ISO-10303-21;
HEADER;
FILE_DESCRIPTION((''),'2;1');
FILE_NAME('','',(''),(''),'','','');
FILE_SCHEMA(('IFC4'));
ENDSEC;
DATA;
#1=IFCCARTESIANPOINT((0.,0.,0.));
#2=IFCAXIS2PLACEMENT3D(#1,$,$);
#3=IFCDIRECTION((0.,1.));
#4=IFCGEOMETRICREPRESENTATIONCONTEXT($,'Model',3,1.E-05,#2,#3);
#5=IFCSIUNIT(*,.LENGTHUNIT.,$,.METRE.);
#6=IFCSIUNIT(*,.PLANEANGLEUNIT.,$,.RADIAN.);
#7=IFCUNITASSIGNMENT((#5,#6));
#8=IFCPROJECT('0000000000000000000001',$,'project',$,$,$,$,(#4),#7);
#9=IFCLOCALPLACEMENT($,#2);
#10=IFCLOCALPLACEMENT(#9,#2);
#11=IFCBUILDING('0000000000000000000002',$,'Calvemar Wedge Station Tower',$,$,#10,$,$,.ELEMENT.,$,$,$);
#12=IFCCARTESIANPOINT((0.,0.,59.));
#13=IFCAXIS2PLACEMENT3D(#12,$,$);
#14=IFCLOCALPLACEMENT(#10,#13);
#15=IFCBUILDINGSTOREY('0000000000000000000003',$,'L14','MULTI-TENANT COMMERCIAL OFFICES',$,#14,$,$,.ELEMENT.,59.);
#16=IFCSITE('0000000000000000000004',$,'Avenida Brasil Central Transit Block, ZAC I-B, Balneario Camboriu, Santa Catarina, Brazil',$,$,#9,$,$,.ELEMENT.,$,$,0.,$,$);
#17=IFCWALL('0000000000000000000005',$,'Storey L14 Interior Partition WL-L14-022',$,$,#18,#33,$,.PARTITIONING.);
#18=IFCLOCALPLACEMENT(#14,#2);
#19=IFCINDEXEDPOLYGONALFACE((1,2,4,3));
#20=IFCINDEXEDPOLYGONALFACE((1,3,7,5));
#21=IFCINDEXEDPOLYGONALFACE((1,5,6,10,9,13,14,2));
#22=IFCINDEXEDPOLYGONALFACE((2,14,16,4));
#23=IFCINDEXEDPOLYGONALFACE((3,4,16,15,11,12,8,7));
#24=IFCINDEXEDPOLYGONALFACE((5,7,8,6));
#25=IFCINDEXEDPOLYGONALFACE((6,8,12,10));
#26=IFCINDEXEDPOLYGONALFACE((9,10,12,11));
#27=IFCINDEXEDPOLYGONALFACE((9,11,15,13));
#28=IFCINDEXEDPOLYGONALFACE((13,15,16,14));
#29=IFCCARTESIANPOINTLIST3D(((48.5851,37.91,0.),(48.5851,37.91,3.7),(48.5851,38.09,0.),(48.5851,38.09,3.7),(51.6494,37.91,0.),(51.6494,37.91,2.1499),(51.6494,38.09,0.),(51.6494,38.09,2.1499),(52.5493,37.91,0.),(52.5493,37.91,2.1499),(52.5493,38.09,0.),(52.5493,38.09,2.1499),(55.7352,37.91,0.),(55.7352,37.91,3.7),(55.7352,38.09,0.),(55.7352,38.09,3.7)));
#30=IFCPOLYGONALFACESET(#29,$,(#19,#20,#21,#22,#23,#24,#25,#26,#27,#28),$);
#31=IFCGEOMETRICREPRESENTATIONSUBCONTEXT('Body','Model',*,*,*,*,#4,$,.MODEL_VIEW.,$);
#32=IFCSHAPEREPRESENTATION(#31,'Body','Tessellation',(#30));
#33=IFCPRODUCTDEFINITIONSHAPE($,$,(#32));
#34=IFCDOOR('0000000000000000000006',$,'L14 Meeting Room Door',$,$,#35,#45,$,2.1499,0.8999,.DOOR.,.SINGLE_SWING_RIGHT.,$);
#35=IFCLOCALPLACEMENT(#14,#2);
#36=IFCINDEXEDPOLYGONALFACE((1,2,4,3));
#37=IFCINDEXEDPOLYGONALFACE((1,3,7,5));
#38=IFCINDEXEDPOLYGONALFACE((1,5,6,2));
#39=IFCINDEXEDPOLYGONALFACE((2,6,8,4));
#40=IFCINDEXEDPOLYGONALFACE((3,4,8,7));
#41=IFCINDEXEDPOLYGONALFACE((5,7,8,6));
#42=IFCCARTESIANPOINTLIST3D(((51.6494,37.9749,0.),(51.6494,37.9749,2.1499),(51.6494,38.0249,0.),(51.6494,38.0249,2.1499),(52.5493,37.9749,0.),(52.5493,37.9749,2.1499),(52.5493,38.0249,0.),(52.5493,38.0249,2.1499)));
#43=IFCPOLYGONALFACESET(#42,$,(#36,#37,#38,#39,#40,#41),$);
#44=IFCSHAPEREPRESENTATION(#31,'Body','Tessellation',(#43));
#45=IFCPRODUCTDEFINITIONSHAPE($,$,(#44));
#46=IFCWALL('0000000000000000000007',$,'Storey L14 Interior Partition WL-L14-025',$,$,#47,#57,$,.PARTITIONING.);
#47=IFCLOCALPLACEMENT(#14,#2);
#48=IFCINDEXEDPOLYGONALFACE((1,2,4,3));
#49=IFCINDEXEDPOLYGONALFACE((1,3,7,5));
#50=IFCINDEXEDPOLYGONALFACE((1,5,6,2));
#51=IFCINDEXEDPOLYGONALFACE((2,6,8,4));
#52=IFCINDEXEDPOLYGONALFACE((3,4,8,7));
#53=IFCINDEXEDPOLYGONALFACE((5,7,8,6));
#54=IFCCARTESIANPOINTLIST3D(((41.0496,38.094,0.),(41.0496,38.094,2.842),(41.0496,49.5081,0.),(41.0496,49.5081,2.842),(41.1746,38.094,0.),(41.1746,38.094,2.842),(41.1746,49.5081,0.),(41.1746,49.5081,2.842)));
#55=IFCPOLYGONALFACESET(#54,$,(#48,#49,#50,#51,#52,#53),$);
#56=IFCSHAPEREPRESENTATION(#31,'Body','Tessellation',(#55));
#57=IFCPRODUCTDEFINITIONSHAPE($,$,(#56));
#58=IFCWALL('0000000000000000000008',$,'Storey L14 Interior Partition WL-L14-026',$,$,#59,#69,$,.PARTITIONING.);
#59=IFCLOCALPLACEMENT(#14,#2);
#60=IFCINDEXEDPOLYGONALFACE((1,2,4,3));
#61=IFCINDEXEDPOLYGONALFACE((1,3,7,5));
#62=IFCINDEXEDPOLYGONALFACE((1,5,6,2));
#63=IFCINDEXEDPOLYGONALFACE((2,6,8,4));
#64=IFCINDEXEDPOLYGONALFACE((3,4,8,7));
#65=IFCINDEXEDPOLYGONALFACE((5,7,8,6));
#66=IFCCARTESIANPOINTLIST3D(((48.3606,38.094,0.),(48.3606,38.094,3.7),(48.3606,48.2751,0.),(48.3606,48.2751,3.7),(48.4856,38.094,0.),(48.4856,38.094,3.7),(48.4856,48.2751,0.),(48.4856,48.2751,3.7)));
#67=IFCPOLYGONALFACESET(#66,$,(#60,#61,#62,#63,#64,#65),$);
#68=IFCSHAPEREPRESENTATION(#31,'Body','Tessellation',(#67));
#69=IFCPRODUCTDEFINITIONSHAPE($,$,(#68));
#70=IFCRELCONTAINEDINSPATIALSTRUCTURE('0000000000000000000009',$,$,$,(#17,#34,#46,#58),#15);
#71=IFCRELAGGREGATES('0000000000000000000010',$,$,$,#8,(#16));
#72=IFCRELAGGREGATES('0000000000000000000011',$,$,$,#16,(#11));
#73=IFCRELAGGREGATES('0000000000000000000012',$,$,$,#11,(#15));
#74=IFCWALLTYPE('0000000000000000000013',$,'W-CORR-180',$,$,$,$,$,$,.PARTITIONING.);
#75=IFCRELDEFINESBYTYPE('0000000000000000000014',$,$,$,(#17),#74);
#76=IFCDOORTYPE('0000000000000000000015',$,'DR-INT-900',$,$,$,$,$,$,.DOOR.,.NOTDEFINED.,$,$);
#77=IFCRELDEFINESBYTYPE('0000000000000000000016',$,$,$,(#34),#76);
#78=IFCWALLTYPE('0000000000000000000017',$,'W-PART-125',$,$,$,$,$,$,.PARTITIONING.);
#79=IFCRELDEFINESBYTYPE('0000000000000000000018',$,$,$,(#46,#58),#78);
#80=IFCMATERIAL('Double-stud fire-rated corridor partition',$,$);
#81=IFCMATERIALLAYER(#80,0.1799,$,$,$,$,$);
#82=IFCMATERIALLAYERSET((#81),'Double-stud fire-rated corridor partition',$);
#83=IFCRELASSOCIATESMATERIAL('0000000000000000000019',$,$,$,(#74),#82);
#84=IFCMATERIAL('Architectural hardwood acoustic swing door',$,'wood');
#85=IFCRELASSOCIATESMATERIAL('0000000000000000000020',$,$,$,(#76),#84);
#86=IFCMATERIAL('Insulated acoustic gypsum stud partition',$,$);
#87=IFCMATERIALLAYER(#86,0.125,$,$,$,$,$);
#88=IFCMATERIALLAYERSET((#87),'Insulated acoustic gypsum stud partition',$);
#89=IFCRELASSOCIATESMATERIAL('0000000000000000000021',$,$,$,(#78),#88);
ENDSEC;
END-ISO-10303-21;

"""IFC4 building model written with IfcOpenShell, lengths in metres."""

from ifc_helpers import new_model, si_unit, direction, frame, frame_2d, origin, place, context, subcontext, project, spatial, rectangle, extrude, source, transform, mapped, material, layer, layer_set, type_object, element, fill, save


model = new_model("IFC4")

# Units and contexts
model_context = context("Model", 3, precision=1e-05, world=origin(), true_north=direction((0.0, 1.0)))
body_context = subcontext(model_context, "Body", "Model", "MODEL_VIEW")
ifc_project = project(units=[si_unit("LENGTHUNIT", "METRE"), si_unit("PLANEANGLEUNIT", "RADIAN")], contexts=[model_context])

# Site, building, storey
site_placement = place(None, origin())
site = spatial("IfcSite", under=ifc_project, at=site_placement, Name="Avenida Brasil Central Transit Block, ZAC I-B, Balneario Camboriu, Santa Catarina, Brazil", CompositionType="ELEMENT", RefElevation=0.0)
building_placement = place(site_placement, origin())
building = spatial("IfcBuilding", under=site, at=building_placement, Name="Calvemar Wedge Station Tower", CompositionType="ELEMENT")
storey_placement = place(building_placement, frame((0.0, 0.0, 59.0)))
storey = spatial("IfcBuildingStorey", under=building, at=storey_placement, Name="L14", Description="MULTI-TENANT COMMERCIAL OFFICES", CompositionType="ELEMENT", Elevation=59.0)

# Wall, opening, door
ifc_material_1 = material(Name="Double-stud fire-rated corridor partition")
ifc_layer_1 = layer(ifc_material_1, 0.1799)
ifc_layer_set_1 = layer_set([ifc_layer_1], Name="Double-stud fire-rated corridor partition")
wall_type_1 = type_object("IfcWallType", Name="W-CORR-180", PredefinedType="PARTITIONING", material=ifc_layer_set_1)
shared_shape_1 = source(origin(), body_context, "Body", "SweptSolid", [
    extrude(rectangle(XDim=0.8999, YDim=2.1499, at=frame_2d((0.45, 1.075))), frame((0.0, 0.1001, 0.0), z_axis=(0.0, -1.0, 0.0), x_axis=(1.0, 0.0, 0.0)), (0.0, 0.0, 1.0), 0.2),
])
ifc_material_2 = material(Name="Architectural hardwood acoustic swing door", Category="wood")
door_type = type_object("IfcDoorType", Name="DR-INT-900", OperationType="NOTDEFINED", PredefinedType="DOOR", material=ifc_material_2)
shared_shape_2 = source(origin(), body_context, "Body", "SweptSolid", [
    extrude(rectangle(XDim=0.8999, YDim=2.1499, at=frame_2d((0.45, 1.075))), frame((0.0, 0.0249, 0.0), z_axis=(0.0, -1.0, 0.0), x_axis=(1.0, 0.0, 0.0)), (0.0, 0.0, 1.0), 0.05),
])
wall_1_placement = place(storey_placement, frame((48.585, 38.0, 0.0), z_axis=(0.0, 0.0, 1.0), x_axis=(1.0, 0.0, 0.0)))
wall_1 = element("IfcWall", 1, at=wall_1_placement, inside=storey, type_object=wall_type_1, Name="Storey L14 Interior Partition WL-L14-022", PredefinedType="PARTITIONING", context=body_context, shape_type="SweptSolid", body=[
    extrude(rectangle(XDim=7.1501, YDim=0.1799, at=frame_2d((3.5752, 0.0))), origin(), (0.0, 0.0, 1.0), 3.7),
])
opening_1_placement = place(wall_1_placement, frame((3.0645, 0.0, 0.0)))
opening_1 = element("IfcOpeningElement", 2, at=opening_1_placement, cuts=wall_1, PredefinedType="OPENING", context=body_context, shape_type="MappedRepresentation", body=[
    mapped(shared_shape_1, transform((0.0, 0.0, 0.0), scale=1.0)),
])
door_1_placement = place(opening_1_placement, origin())
door_1 = element("IfcDoor", 3, at=door_1_placement, inside=storey, type_object=door_type, Name="L14 Meeting Room Door", OperationType="SINGLE_SWING_RIGHT", OverallHeight=2.1499, OverallWidth=0.8999, PredefinedType="DOOR", context=body_context, shape_type="MappedRepresentation", body=[
    mapped(shared_shape_2, transform((0.0, 0.0, 0.0), scale=1.0)),
])
fill(opening_1, door_1)

# Walls
ifc_material_3 = material(Name="Insulated acoustic gypsum stud partition")
ifc_layer_2 = layer(ifc_material_3, 0.125)
ifc_layer_set_2 = layer_set([ifc_layer_2], Name="Insulated acoustic gypsum stud partition")
wall_type_2 = type_object("IfcWallType", Name="W-PART-125", PredefinedType="PARTITIONING", material=ifc_layer_set_2)
wall_2_placement = place(storey_placement, frame((41.1121, 49.5081, 0.0), z_axis=(0.0, 0.0, 1.0), x_axis=(0.0, -1.0, 0.0)))
element("IfcWall", 4, at=wall_2_placement, inside=storey, type_object=wall_type_2, Name="Storey L14 Interior Partition WL-L14-025", PredefinedType="PARTITIONING", context=body_context, shape_type="SweptSolid", body=[
    extrude(rectangle(XDim=11.4141, YDim=0.125, at=frame_2d((5.707, 0.0))), origin(), (0.0, 0.0, 1.0), 2.842),
])
wall_3_placement = place(storey_placement, frame((48.4231, 48.2751, 0.0), z_axis=(0.0, 0.0, 1.0), x_axis=(0.0, -1.0, 0.0)))
element("IfcWall", 5, at=wall_3_placement, inside=storey, type_object=wall_type_2, Name="Storey L14 Interior Partition WL-L14-026", PredefinedType="PARTITIONING", context=body_context, shape_type="SweptSolid", body=[
    extrude(rectangle(XDim=10.1812, YDim=0.125, at=frame_2d((5.0906, 0.0))), origin(), (0.0, 0.0, 1.0), 3.7),
])

save(model, "model.ifc")
